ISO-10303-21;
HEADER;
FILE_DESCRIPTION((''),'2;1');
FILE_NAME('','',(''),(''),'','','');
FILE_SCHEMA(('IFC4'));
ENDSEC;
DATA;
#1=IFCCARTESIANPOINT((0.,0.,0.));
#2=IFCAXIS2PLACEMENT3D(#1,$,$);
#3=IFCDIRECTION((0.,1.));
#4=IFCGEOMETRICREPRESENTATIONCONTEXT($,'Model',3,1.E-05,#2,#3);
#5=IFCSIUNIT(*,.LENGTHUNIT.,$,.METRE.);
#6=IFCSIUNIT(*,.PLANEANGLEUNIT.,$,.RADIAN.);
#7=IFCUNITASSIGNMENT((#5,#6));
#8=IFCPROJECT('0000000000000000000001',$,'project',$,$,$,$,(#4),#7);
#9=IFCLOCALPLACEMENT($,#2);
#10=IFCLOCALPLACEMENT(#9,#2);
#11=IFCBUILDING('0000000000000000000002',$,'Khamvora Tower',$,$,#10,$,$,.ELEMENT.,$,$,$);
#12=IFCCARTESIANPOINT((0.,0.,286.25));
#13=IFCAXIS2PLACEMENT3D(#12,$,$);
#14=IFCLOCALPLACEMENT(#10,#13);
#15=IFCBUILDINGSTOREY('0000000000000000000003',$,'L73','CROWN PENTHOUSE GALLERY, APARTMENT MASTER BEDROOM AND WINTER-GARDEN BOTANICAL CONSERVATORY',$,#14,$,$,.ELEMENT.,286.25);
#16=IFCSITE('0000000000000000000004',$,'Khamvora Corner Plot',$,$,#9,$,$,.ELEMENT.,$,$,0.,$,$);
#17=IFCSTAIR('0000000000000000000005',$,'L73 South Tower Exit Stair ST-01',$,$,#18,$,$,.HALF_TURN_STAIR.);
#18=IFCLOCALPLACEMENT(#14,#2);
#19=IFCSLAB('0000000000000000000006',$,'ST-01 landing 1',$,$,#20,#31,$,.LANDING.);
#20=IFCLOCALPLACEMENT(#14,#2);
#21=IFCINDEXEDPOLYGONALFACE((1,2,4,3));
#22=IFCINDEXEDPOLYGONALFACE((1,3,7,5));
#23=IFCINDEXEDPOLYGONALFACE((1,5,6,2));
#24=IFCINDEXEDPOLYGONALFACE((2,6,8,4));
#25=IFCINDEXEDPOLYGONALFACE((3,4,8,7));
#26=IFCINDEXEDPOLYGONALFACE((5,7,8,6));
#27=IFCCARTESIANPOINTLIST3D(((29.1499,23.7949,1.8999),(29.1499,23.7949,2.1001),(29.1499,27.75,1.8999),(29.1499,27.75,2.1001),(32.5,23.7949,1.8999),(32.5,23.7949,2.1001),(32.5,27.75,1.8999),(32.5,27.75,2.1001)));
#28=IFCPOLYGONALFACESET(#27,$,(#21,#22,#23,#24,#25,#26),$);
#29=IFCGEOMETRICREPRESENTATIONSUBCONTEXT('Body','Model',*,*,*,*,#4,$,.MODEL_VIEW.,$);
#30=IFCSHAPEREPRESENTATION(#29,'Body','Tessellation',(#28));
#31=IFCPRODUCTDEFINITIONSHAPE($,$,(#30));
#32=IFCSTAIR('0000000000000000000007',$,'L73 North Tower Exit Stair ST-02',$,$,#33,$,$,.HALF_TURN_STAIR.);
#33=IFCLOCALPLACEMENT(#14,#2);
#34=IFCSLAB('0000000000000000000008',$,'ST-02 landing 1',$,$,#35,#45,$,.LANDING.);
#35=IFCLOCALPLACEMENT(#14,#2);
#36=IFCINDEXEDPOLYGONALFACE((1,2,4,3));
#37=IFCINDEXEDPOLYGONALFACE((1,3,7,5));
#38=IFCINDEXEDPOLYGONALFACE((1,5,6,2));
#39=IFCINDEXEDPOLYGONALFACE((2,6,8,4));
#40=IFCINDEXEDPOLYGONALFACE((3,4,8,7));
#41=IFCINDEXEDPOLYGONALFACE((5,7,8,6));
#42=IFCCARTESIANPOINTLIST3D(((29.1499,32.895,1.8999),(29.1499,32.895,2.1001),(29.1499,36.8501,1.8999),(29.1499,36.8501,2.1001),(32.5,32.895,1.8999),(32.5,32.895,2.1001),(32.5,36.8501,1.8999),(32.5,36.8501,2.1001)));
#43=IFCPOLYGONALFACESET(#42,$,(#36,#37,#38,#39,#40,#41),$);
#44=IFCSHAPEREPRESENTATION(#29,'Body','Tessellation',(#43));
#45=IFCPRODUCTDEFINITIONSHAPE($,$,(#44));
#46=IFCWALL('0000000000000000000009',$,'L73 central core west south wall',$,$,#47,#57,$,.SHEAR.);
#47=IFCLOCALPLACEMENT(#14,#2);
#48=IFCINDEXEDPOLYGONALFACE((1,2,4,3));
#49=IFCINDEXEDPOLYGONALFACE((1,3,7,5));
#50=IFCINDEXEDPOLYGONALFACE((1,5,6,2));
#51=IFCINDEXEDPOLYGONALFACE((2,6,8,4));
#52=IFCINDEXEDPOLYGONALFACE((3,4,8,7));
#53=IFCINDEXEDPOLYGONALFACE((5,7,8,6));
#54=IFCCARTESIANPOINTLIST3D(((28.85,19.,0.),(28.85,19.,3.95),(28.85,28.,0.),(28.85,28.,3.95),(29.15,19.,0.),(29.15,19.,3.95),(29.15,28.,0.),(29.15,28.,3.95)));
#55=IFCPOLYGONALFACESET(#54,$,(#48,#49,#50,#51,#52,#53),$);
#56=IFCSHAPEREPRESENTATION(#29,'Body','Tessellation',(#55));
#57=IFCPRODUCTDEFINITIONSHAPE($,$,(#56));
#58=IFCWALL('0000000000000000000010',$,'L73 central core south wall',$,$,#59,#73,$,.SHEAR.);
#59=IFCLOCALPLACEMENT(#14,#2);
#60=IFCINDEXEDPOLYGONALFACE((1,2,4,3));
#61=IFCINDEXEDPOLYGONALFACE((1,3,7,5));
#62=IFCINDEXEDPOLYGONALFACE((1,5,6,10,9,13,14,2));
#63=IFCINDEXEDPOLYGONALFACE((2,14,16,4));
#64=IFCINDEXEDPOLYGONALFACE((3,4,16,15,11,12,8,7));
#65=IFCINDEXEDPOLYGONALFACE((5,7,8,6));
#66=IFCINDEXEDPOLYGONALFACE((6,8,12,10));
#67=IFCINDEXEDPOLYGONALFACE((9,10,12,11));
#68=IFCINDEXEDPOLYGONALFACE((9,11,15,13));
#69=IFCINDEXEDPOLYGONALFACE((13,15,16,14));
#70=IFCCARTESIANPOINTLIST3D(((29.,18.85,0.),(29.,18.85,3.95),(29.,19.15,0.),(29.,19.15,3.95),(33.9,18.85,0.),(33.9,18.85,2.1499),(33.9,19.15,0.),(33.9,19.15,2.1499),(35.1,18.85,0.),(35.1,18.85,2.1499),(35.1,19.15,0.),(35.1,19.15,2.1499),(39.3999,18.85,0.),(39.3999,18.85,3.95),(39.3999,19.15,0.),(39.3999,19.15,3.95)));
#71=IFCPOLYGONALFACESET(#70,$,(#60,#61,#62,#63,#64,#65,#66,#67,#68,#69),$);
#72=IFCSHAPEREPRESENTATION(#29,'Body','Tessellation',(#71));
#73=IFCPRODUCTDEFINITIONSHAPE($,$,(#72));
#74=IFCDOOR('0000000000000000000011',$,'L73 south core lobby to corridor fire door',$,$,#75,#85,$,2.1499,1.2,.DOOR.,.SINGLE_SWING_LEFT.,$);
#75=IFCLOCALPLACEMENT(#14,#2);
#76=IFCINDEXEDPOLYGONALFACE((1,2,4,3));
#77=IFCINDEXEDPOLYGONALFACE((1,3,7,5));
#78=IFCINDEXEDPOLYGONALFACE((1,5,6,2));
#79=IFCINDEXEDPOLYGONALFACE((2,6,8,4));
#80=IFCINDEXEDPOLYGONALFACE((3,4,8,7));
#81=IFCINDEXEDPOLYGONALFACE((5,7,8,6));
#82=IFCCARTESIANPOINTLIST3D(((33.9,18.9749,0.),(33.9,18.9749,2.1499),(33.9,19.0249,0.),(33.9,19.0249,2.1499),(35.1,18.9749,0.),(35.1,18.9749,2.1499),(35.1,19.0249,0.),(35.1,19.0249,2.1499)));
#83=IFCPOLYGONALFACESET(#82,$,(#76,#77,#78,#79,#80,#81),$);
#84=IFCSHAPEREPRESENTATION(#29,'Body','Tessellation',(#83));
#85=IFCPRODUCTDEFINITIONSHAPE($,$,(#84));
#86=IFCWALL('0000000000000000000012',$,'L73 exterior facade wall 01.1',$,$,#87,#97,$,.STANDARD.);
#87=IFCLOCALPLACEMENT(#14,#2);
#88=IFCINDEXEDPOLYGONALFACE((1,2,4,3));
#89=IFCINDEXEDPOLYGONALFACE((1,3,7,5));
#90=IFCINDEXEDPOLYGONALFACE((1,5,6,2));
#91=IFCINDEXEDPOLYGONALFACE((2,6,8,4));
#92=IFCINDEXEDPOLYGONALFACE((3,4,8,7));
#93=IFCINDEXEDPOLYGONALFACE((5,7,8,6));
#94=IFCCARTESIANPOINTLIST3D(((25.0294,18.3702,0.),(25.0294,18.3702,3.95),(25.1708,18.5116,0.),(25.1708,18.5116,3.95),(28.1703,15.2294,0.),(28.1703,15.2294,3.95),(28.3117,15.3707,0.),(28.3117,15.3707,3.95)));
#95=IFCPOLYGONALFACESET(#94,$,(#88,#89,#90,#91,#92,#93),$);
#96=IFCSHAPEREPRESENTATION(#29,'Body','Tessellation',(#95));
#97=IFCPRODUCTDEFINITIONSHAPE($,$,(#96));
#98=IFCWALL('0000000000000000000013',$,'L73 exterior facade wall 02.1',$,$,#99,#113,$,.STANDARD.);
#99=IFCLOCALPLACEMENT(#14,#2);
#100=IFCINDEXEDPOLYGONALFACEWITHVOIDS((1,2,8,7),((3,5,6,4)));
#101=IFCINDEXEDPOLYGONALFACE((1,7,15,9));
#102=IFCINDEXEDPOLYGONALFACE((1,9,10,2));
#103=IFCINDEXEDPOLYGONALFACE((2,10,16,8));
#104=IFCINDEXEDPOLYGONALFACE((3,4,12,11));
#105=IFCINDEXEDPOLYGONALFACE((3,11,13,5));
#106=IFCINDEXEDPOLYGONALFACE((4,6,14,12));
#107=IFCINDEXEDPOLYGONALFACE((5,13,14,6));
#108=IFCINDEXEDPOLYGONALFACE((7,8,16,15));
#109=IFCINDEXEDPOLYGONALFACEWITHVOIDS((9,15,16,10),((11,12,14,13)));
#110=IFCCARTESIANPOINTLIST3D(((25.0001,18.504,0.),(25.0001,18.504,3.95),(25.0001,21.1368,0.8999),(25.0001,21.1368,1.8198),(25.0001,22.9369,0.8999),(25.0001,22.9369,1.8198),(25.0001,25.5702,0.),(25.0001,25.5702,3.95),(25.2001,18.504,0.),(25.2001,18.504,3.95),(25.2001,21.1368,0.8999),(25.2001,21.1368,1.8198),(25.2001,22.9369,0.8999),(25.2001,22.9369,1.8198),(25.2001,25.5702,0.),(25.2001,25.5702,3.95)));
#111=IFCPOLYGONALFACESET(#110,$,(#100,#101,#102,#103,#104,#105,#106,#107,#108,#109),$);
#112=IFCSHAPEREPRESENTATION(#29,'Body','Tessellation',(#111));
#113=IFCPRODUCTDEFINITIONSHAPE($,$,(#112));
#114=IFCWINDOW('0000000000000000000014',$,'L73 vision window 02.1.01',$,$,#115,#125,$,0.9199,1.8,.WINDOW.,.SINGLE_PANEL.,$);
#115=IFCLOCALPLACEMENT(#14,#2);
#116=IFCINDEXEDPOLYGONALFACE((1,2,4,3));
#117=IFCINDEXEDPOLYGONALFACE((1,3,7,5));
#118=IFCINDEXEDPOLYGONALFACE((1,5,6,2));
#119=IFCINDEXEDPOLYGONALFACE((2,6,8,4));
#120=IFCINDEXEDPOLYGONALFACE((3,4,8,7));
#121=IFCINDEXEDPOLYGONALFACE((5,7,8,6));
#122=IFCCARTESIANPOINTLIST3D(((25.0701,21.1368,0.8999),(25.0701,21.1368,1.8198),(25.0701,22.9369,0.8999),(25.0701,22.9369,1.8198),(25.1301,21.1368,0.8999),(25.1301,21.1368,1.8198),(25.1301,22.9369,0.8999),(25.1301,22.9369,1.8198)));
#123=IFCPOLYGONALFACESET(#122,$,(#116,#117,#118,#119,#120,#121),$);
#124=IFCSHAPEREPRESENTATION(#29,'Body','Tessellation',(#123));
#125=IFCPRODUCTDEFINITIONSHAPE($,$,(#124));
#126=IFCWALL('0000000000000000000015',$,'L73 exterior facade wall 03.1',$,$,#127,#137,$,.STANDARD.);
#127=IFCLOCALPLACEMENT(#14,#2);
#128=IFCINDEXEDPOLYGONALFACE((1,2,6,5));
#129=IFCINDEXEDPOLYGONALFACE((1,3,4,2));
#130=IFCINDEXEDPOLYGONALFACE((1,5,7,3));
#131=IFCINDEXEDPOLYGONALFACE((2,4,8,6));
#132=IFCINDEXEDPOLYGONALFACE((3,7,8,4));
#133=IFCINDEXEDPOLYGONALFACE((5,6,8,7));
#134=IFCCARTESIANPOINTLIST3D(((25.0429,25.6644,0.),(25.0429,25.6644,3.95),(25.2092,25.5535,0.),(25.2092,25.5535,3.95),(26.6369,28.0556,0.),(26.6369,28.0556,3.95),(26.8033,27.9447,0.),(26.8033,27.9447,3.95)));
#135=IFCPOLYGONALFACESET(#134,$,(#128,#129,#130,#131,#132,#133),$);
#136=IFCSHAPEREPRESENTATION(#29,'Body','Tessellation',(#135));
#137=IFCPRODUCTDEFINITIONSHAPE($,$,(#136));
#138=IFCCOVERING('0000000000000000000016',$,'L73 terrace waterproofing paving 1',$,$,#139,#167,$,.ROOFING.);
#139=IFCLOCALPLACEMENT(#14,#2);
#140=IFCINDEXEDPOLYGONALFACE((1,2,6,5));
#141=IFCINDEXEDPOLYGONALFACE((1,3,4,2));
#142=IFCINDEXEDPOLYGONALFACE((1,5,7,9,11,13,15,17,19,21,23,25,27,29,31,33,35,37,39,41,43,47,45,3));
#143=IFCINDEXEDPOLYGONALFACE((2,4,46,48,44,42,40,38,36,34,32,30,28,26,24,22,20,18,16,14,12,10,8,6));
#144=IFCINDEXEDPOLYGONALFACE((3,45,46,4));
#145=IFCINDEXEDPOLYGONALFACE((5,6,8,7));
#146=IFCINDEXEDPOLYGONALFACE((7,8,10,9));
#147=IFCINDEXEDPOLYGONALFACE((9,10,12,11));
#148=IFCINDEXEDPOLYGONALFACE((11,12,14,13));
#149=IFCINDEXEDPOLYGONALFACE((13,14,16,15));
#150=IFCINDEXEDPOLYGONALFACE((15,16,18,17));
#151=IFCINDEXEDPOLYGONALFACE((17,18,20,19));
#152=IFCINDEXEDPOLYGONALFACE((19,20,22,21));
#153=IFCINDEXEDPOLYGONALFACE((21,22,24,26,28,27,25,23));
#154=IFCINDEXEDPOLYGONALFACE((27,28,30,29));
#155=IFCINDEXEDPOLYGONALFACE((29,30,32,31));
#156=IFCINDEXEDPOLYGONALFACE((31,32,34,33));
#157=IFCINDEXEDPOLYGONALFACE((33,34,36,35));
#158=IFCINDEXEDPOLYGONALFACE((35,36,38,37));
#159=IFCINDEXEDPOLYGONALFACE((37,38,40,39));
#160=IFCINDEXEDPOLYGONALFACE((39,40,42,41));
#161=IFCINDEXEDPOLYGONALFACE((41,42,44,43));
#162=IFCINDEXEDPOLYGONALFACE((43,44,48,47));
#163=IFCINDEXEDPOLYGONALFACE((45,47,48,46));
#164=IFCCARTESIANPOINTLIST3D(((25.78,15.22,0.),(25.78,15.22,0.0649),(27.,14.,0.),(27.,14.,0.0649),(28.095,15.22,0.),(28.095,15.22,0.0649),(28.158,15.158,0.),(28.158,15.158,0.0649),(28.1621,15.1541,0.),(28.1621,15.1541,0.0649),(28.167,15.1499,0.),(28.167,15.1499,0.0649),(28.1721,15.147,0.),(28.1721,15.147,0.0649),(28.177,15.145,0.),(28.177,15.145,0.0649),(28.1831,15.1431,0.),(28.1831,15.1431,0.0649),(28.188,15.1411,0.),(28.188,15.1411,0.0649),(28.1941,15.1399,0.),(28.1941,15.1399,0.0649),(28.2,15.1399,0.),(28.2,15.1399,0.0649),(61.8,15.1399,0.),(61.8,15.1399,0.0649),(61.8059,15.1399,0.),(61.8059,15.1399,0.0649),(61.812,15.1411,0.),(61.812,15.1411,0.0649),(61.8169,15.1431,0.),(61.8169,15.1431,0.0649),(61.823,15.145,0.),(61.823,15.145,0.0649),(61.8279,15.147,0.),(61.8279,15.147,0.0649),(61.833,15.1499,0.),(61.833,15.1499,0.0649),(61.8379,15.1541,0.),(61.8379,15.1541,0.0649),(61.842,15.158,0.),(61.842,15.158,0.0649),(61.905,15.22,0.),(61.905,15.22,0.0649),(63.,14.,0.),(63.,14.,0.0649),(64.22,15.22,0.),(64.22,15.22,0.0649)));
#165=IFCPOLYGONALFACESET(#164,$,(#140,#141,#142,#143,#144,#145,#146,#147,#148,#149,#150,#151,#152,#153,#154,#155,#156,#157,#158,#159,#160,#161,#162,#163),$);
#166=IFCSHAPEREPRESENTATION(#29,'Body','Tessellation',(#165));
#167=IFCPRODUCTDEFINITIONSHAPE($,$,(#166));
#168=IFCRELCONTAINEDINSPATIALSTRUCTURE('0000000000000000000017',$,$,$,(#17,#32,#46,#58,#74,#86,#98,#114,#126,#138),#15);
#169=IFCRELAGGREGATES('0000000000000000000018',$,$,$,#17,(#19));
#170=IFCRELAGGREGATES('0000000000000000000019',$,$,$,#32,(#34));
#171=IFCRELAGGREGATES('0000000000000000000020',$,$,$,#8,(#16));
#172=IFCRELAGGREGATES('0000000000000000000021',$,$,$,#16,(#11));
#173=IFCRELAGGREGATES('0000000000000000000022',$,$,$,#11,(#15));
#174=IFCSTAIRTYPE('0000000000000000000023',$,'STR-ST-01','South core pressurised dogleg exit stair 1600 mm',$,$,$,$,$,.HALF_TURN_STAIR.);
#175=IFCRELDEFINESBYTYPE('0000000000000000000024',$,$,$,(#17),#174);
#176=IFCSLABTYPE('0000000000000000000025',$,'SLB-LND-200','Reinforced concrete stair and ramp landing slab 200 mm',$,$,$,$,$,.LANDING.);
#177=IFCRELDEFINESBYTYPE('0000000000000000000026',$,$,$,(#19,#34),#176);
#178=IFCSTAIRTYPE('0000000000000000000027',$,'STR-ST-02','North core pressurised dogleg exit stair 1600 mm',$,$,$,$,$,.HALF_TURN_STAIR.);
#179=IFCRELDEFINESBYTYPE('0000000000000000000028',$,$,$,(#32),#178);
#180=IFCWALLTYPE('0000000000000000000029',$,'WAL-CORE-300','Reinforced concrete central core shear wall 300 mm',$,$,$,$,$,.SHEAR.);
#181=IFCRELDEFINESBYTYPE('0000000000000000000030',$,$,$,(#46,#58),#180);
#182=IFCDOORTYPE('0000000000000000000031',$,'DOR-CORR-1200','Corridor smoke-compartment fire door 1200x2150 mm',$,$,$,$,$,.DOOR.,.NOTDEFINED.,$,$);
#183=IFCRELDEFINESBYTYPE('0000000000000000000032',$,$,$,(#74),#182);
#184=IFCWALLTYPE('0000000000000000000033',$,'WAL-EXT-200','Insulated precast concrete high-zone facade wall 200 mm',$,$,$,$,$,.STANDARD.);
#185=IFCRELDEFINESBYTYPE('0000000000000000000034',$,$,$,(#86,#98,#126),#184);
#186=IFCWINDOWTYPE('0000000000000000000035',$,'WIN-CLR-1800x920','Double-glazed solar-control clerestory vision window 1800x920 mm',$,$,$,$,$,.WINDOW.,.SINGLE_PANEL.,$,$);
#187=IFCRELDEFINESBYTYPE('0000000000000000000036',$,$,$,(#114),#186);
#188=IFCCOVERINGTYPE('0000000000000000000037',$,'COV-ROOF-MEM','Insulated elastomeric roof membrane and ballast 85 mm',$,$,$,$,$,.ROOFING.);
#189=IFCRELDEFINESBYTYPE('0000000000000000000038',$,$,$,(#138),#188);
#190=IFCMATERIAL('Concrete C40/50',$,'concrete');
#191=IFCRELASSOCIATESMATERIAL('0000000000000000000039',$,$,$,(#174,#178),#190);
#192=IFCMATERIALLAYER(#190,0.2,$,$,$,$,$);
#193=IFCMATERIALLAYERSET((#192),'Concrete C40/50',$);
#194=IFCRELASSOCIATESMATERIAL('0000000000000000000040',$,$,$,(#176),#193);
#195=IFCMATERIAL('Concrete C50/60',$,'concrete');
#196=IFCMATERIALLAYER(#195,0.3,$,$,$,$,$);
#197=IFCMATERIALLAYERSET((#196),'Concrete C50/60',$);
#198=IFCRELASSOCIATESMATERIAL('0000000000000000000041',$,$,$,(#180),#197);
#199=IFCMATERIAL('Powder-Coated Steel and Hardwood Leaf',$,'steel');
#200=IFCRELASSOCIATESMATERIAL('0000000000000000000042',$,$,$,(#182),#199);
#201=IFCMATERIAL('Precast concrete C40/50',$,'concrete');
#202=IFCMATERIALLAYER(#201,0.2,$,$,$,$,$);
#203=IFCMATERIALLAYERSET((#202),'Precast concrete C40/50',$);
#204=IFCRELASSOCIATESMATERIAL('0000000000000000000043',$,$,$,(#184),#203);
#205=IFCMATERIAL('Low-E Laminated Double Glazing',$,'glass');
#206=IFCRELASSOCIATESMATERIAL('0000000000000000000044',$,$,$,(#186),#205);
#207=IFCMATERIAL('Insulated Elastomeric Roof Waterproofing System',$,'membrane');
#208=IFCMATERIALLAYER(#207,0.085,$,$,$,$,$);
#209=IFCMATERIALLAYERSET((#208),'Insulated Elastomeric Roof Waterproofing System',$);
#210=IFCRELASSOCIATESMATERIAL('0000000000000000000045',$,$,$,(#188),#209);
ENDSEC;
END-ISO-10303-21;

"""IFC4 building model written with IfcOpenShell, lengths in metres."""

from ifc_helpers import new_model, si_unit, direction, frame, frame_2d, origin, place, context, subcontext, project, spatial, polyline, rectangle, outline, extrude, material, layer, layer_set, type_object, element, fill, aggregate, save


model = new_model("IFC4")

# Units and contexts
model_context = context("Model", 3, precision=1e-05, world=origin(), true_north=direction((0.0, 1.0)))
body_context = subcontext(model_context, "Body", "Model", "MODEL_VIEW")
ifc_project = project(units=[si_unit("LENGTHUNIT", "METRE"), si_unit("PLANEANGLEUNIT", "RADIAN")], contexts=[model_context])

# Site, building, storey
site_placement = place(None, origin())
site = spatial("IfcSite", under=ifc_project, at=site_placement, Name="Khamvora Corner Plot", CompositionType="ELEMENT", RefElevation=0.0)
building_placement = place(site_placement, origin())
building = spatial("IfcBuilding", under=site, at=building_placement, Name="Khamvora Tower", CompositionType="ELEMENT")
storey_placement = place(building_placement, frame((0.0, 0.0, 286.25)))
storey = spatial("IfcBuildingStorey", under=building, at=storey_placement, Name="L73", Description="CROWN PENTHOUSE GALLERY, APARTMENT MASTER BEDROOM AND WINTER-GARDEN BOTANICAL CONSERVATORY", CompositionType="ELEMENT", Elevation=286.25)

# Shared definitions
ifc_material_1 = material(Name="Concrete C40/50", Category="concrete")

# Stairs, slabs
stair_type_1 = type_object("IfcStairType", Name="STR-ST-01", Description="South core pressurised dogleg exit stair 1600 mm", PredefinedType="HALF_TURN_STAIR", material=ifc_material_1)
stair_1_placement = place(storey_placement, origin())
stair_1 = element("IfcStair", 1, at=stair_1_placement, inside=storey, type_object=stair_type_1, Name="L73 South Tower Exit Stair ST-01", PredefinedType="HALF_TURN_STAIR")
ifc_layer_1 = layer(ifc_material_1, 0.2)
ifc_layer_set_1 = layer_set([ifc_layer_1], Name="Concrete C40/50")
slab_type_1 = type_object("IfcSlabType", Name="SLB-LND-200", Description="Reinforced concrete stair and ramp landing slab 200 mm", PredefinedType="LANDING", material=ifc_layer_set_1)
slab_1_placement = place(storey_placement, frame((0.0, 0.0, 1.8999)))
slab_1 = element("IfcSlab", 2, at=slab_1_placement, type_object=slab_type_1, Name="ST-01 landing 1", PredefinedType="LANDING", context=body_context, shape_type="SweptSolid", body=[
    extrude(outline(polyline([(32.5, 23.7949), (32.5, 27.75), (29.1499, 27.75), (29.1499, 23.7949), (32.5, 23.7949)])), origin(), (0.0, 0.0, 1.0), 0.2002),
])
aggregate(stair_1, [slab_1])
stair_type_2 = type_object("IfcStairType", Name="STR-ST-02", Description="North core pressurised dogleg exit stair 1600 mm", PredefinedType="HALF_TURN_STAIR", material=ifc_material_1)
stair_2_placement = place(storey_placement, origin())
stair_2 = element("IfcStair", 3, at=stair_2_placement, inside=storey, type_object=stair_type_2, Name="L73 North Tower Exit Stair ST-02", PredefinedType="HALF_TURN_STAIR")
slab_2_placement = place(storey_placement, frame((0.0, 0.0, 1.8999)))
slab_2 = element("IfcSlab", 4, at=slab_2_placement, type_object=slab_type_1, Name="ST-02 landing 1", PredefinedType="LANDING", context=body_context, shape_type="SweptSolid", body=[
    extrude(outline(polyline([(32.5, 32.895), (32.5, 36.8501), (29.1499, 36.8501), (29.1499, 32.895), (32.5, 32.895)])), origin(), (0.0, 0.0, 1.0), 0.2002),
])
aggregate(stair_2, [slab_2])

# Wall
ifc_material_2 = material(Name="Concrete C50/60", Category="concrete")
ifc_layer_2 = layer(ifc_material_2, 0.3)
ifc_layer_set_2 = layer_set([ifc_layer_2], Name="Concrete C50/60")
wall_type_1 = type_object("IfcWallType", Name="WAL-CORE-300", Description="Reinforced concrete central core shear wall 300 mm", PredefinedType="SHEAR", material=ifc_layer_set_2)
wall_1_placement = place(storey_placement, frame((29.0, 19.0, 0.0), z_axis=(0.0, 0.0, 1.0), x_axis=(0.0, 1.0, 0.0)))
element("IfcWall", 5, at=wall_1_placement, inside=storey, type_object=wall_type_1, Name="L73 central core west south wall", PredefinedType="SHEAR", context=body_context, shape_type="SweptSolid", body=[
    extrude(rectangle(XDim=9.0, YDim=0.3, at=frame_2d((4.5, 0.0))), origin(), (0.0, 0.0, 1.0), 3.95),
])

# Wall, opening, door
wall_2_placement = place(storey_placement, frame((29.0, 19.0, 0.0), z_axis=(0.0, 0.0, 1.0), x_axis=(1.0, 0.0, 0.0)))
wall_2 = element("IfcWall", 6, at=wall_2_placement, inside=storey, type_object=wall_type_1, Name="L73 central core south wall", PredefinedType="SHEAR", context=body_context, shape_type="SweptSolid", body=[
    extrude(rectangle(XDim=10.3999, YDim=0.3, at=frame_2d((5.2, 0.0))), origin(), (0.0, 0.0, 1.0), 3.95),
])
opening_1_placement = place(wall_2_placement, frame((4.8999, 0.0, 0.0)))
opening_1 = element("IfcOpeningElement", 7, at=opening_1_placement, cuts=wall_2, PredefinedType="OPENING", context=body_context, shape_type="SweptSolid", body=[
    extrude(rectangle(XDim=1.2, YDim=2.1499, at=frame_2d((0.6001, 1.075))), frame((0.0, 0.1599, 0.0), z_axis=(0.0, -1.0, 0.0), x_axis=(1.0, 0.0, 0.0)), (0.0, 0.0, 1.0), 0.3201),
])
ifc_material_3 = material(Name="Powder-Coated Steel and Hardwood Leaf", Category="steel")
door_type = type_object("IfcDoorType", Name="DOR-CORR-1200", Description="Corridor smoke-compartment fire door 1200x2150 mm", OperationType="NOTDEFINED", PredefinedType="DOOR", material=ifc_material_3)
door_placement = place(opening_1_placement, origin())
door = element("IfcDoor", 8, at=door_placement, inside=storey, type_object=door_type, Name="L73 south core lobby to corridor fire door", OperationType="SINGLE_SWING_LEFT", OverallHeight=2.1499, OverallWidth=1.2, PredefinedType="DOOR", context=body_context, shape_type="SweptSolid", body=[
    extrude(rectangle(XDim=1.2, YDim=2.1499, at=frame_2d((0.6001, 1.075))), frame((0.0, 0.0249, 0.0), z_axis=(0.0, -1.0, 0.0), x_axis=(1.0, 0.0, 0.0)), (0.0, 0.0, 1.0), 0.05),
])
fill(opening_1, door)

# Wall
ifc_material_4 = material(Name="Precast concrete C40/50", Category="concrete")
ifc_layer_3 = layer(ifc_material_4, 0.2)
ifc_layer_set_3 = layer_set([ifc_layer_3], Name="Precast concrete C40/50")
wall_type_2 = type_object("IfcWallType", Name="WAL-EXT-200", Description="Insulated precast concrete high-zone facade wall 200 mm", PredefinedType="STANDARD", material=ifc_layer_set_3)
wall_3_placement = place(storey_placement, frame((28.241, 15.3, 0.0), z_axis=(0.0, 0.0, 1.0), x_axis=(-0.707107, 0.707107, 0.0)))
element("IfcWall", 9, at=wall_3_placement, inside=storey, type_object=wall_type_2, Name="L73 exterior facade wall 01.1", PredefinedType="STANDARD", context=body_context, shape_type="SweptSolid", body=[
    extrude(rectangle(XDim=4.4419, YDim=0.2, at=frame_2d((2.2209, 0.0))), origin(), (0.0, 0.0, 1.0), 3.95),
])

# Wall, opening, window
wall_4_placement = place(storey_placement, frame((25.1001, 18.5039, 0.0), z_axis=(0.0, 0.0, 1.0), x_axis=(0.0, 1.0, 0.0)))
wall_4 = element("IfcWall", 10, at=wall_4_placement, inside=storey, type_object=wall_type_2, Name="L73 exterior facade wall 02.1", PredefinedType="STANDARD", context=body_context, shape_type="SweptSolid", body=[
    extrude(rectangle(XDim=7.0662, YDim=0.2, at=frame_2d((3.5332, 0.0))), origin(), (0.0, 0.0, 1.0), 3.95),
])
opening_2_placement = place(wall_4_placement, frame((2.6331, 0.0, 0.8999)))
opening_2 = element("IfcOpeningElement", 11, at=opening_2_placement, cuts=wall_4, PredefinedType="OPENING", context=body_context, shape_type="SweptSolid", body=[
    extrude(rectangle(XDim=1.8, YDim=0.9199, at=frame_2d((0.8999, 0.46))), frame((0.0, 0.1099, 0.0), z_axis=(0.0, -1.0, 0.0), x_axis=(1.0, 0.0, 0.0)), (0.0, 0.0, 1.0), 0.22),
])
ifc_material_5 = material(Name="Low-E Laminated Double Glazing", Category="glass")
window_type = type_object("IfcWindowType", Name="WIN-CLR-1800x920", Description="Double-glazed solar-control clerestory vision window 1800x920 mm", PartitioningType="SINGLE_PANEL", PredefinedType="WINDOW", material=ifc_material_5)
window_placement = place(opening_2_placement, origin())
window = element("IfcWindow", 12, at=window_placement, inside=storey, type_object=window_type, Name="L73 vision window 02.1.01", OverallHeight=0.9199, OverallWidth=1.8, PartitioningType="SINGLE_PANEL", PredefinedType="WINDOW", context=body_context, shape_type="SweptSolid", body=[
    extrude(rectangle(XDim=1.8, YDim=0.9199, at=frame_2d((0.8999, 0.46))), frame((0.0, 0.03, 0.0), z_axis=(0.0, -1.0, 0.0), x_axis=(1.0, 0.0, 0.0)), (0.0, 0.0, 1.0), 0.0601),
])
fill(opening_2, window)

# Wall
wall_5_placement = place(storey_placement, frame((25.126, 25.6089, 0.0), z_axis=(0.0, 0.0, 1.0), x_axis=(0.554681, 0.832063, 0.0)))
element("IfcWall", 13, at=wall_5_placement, inside=storey, type_object=wall_type_2, Name="L73 exterior facade wall 03.1", PredefinedType="STANDARD", context=body_context, shape_type="SweptSolid", body=[
    extrude(rectangle(XDim=2.8738, YDim=0.2, at=frame_2d((1.437, 0.0))), origin(), (0.0, 0.0, 1.0), 3.95),
])

# Covering
ifc_material_6 = material(Name="Insulated Elastomeric Roof Waterproofing System", Category="membrane")
ifc_layer_4 = layer(ifc_material_6, 0.085)
ifc_layer_set_4 = layer_set([ifc_layer_4], Name="Insulated Elastomeric Roof Waterproofing System")
covering_type = type_object("IfcCoveringType", Name="COV-ROOF-MEM", Description="Insulated elastomeric roof membrane and ballast 85 mm", PredefinedType="ROOFING", material=ifc_layer_set_4)
covering_1_placement = place(storey_placement, origin())
element("IfcCovering", 14, at=covering_1_placement, inside=storey, type_object=covering_type, Name="L73 terrace waterproofing paving 1", PredefinedType="ROOFING", context=body_context, shape_type="SweptSolid", body=[
    extrude(outline(polyline([(63.0, 14.0), (27.0, 14.0), (25.78, 15.22), (28.095, 15.22), (28.158, 15.158), (28.1621, 15.1541), (28.167, 15.1499), (28.1721, 15.147), (28.177, 15.145), (28.1831, 15.1431), (28.188, 15.1411), (28.1941, 15.1399), (28.2, 15.1399), (61.8, 15.1399), (61.8059, 15.1399), (61.812, 15.1411), (61.8169, 15.1431), (61.823, 15.145), (61.8279, 15.147), (61.833, 15.1499), (61.8379, 15.1541), (61.842, 15.158), (61.905, 15.22), (64.22, 15.22), (63.0, 14.0)])), origin(), (0.0, 0.0, 1.0), 0.0649),
])

save(model, "model.ifc")
